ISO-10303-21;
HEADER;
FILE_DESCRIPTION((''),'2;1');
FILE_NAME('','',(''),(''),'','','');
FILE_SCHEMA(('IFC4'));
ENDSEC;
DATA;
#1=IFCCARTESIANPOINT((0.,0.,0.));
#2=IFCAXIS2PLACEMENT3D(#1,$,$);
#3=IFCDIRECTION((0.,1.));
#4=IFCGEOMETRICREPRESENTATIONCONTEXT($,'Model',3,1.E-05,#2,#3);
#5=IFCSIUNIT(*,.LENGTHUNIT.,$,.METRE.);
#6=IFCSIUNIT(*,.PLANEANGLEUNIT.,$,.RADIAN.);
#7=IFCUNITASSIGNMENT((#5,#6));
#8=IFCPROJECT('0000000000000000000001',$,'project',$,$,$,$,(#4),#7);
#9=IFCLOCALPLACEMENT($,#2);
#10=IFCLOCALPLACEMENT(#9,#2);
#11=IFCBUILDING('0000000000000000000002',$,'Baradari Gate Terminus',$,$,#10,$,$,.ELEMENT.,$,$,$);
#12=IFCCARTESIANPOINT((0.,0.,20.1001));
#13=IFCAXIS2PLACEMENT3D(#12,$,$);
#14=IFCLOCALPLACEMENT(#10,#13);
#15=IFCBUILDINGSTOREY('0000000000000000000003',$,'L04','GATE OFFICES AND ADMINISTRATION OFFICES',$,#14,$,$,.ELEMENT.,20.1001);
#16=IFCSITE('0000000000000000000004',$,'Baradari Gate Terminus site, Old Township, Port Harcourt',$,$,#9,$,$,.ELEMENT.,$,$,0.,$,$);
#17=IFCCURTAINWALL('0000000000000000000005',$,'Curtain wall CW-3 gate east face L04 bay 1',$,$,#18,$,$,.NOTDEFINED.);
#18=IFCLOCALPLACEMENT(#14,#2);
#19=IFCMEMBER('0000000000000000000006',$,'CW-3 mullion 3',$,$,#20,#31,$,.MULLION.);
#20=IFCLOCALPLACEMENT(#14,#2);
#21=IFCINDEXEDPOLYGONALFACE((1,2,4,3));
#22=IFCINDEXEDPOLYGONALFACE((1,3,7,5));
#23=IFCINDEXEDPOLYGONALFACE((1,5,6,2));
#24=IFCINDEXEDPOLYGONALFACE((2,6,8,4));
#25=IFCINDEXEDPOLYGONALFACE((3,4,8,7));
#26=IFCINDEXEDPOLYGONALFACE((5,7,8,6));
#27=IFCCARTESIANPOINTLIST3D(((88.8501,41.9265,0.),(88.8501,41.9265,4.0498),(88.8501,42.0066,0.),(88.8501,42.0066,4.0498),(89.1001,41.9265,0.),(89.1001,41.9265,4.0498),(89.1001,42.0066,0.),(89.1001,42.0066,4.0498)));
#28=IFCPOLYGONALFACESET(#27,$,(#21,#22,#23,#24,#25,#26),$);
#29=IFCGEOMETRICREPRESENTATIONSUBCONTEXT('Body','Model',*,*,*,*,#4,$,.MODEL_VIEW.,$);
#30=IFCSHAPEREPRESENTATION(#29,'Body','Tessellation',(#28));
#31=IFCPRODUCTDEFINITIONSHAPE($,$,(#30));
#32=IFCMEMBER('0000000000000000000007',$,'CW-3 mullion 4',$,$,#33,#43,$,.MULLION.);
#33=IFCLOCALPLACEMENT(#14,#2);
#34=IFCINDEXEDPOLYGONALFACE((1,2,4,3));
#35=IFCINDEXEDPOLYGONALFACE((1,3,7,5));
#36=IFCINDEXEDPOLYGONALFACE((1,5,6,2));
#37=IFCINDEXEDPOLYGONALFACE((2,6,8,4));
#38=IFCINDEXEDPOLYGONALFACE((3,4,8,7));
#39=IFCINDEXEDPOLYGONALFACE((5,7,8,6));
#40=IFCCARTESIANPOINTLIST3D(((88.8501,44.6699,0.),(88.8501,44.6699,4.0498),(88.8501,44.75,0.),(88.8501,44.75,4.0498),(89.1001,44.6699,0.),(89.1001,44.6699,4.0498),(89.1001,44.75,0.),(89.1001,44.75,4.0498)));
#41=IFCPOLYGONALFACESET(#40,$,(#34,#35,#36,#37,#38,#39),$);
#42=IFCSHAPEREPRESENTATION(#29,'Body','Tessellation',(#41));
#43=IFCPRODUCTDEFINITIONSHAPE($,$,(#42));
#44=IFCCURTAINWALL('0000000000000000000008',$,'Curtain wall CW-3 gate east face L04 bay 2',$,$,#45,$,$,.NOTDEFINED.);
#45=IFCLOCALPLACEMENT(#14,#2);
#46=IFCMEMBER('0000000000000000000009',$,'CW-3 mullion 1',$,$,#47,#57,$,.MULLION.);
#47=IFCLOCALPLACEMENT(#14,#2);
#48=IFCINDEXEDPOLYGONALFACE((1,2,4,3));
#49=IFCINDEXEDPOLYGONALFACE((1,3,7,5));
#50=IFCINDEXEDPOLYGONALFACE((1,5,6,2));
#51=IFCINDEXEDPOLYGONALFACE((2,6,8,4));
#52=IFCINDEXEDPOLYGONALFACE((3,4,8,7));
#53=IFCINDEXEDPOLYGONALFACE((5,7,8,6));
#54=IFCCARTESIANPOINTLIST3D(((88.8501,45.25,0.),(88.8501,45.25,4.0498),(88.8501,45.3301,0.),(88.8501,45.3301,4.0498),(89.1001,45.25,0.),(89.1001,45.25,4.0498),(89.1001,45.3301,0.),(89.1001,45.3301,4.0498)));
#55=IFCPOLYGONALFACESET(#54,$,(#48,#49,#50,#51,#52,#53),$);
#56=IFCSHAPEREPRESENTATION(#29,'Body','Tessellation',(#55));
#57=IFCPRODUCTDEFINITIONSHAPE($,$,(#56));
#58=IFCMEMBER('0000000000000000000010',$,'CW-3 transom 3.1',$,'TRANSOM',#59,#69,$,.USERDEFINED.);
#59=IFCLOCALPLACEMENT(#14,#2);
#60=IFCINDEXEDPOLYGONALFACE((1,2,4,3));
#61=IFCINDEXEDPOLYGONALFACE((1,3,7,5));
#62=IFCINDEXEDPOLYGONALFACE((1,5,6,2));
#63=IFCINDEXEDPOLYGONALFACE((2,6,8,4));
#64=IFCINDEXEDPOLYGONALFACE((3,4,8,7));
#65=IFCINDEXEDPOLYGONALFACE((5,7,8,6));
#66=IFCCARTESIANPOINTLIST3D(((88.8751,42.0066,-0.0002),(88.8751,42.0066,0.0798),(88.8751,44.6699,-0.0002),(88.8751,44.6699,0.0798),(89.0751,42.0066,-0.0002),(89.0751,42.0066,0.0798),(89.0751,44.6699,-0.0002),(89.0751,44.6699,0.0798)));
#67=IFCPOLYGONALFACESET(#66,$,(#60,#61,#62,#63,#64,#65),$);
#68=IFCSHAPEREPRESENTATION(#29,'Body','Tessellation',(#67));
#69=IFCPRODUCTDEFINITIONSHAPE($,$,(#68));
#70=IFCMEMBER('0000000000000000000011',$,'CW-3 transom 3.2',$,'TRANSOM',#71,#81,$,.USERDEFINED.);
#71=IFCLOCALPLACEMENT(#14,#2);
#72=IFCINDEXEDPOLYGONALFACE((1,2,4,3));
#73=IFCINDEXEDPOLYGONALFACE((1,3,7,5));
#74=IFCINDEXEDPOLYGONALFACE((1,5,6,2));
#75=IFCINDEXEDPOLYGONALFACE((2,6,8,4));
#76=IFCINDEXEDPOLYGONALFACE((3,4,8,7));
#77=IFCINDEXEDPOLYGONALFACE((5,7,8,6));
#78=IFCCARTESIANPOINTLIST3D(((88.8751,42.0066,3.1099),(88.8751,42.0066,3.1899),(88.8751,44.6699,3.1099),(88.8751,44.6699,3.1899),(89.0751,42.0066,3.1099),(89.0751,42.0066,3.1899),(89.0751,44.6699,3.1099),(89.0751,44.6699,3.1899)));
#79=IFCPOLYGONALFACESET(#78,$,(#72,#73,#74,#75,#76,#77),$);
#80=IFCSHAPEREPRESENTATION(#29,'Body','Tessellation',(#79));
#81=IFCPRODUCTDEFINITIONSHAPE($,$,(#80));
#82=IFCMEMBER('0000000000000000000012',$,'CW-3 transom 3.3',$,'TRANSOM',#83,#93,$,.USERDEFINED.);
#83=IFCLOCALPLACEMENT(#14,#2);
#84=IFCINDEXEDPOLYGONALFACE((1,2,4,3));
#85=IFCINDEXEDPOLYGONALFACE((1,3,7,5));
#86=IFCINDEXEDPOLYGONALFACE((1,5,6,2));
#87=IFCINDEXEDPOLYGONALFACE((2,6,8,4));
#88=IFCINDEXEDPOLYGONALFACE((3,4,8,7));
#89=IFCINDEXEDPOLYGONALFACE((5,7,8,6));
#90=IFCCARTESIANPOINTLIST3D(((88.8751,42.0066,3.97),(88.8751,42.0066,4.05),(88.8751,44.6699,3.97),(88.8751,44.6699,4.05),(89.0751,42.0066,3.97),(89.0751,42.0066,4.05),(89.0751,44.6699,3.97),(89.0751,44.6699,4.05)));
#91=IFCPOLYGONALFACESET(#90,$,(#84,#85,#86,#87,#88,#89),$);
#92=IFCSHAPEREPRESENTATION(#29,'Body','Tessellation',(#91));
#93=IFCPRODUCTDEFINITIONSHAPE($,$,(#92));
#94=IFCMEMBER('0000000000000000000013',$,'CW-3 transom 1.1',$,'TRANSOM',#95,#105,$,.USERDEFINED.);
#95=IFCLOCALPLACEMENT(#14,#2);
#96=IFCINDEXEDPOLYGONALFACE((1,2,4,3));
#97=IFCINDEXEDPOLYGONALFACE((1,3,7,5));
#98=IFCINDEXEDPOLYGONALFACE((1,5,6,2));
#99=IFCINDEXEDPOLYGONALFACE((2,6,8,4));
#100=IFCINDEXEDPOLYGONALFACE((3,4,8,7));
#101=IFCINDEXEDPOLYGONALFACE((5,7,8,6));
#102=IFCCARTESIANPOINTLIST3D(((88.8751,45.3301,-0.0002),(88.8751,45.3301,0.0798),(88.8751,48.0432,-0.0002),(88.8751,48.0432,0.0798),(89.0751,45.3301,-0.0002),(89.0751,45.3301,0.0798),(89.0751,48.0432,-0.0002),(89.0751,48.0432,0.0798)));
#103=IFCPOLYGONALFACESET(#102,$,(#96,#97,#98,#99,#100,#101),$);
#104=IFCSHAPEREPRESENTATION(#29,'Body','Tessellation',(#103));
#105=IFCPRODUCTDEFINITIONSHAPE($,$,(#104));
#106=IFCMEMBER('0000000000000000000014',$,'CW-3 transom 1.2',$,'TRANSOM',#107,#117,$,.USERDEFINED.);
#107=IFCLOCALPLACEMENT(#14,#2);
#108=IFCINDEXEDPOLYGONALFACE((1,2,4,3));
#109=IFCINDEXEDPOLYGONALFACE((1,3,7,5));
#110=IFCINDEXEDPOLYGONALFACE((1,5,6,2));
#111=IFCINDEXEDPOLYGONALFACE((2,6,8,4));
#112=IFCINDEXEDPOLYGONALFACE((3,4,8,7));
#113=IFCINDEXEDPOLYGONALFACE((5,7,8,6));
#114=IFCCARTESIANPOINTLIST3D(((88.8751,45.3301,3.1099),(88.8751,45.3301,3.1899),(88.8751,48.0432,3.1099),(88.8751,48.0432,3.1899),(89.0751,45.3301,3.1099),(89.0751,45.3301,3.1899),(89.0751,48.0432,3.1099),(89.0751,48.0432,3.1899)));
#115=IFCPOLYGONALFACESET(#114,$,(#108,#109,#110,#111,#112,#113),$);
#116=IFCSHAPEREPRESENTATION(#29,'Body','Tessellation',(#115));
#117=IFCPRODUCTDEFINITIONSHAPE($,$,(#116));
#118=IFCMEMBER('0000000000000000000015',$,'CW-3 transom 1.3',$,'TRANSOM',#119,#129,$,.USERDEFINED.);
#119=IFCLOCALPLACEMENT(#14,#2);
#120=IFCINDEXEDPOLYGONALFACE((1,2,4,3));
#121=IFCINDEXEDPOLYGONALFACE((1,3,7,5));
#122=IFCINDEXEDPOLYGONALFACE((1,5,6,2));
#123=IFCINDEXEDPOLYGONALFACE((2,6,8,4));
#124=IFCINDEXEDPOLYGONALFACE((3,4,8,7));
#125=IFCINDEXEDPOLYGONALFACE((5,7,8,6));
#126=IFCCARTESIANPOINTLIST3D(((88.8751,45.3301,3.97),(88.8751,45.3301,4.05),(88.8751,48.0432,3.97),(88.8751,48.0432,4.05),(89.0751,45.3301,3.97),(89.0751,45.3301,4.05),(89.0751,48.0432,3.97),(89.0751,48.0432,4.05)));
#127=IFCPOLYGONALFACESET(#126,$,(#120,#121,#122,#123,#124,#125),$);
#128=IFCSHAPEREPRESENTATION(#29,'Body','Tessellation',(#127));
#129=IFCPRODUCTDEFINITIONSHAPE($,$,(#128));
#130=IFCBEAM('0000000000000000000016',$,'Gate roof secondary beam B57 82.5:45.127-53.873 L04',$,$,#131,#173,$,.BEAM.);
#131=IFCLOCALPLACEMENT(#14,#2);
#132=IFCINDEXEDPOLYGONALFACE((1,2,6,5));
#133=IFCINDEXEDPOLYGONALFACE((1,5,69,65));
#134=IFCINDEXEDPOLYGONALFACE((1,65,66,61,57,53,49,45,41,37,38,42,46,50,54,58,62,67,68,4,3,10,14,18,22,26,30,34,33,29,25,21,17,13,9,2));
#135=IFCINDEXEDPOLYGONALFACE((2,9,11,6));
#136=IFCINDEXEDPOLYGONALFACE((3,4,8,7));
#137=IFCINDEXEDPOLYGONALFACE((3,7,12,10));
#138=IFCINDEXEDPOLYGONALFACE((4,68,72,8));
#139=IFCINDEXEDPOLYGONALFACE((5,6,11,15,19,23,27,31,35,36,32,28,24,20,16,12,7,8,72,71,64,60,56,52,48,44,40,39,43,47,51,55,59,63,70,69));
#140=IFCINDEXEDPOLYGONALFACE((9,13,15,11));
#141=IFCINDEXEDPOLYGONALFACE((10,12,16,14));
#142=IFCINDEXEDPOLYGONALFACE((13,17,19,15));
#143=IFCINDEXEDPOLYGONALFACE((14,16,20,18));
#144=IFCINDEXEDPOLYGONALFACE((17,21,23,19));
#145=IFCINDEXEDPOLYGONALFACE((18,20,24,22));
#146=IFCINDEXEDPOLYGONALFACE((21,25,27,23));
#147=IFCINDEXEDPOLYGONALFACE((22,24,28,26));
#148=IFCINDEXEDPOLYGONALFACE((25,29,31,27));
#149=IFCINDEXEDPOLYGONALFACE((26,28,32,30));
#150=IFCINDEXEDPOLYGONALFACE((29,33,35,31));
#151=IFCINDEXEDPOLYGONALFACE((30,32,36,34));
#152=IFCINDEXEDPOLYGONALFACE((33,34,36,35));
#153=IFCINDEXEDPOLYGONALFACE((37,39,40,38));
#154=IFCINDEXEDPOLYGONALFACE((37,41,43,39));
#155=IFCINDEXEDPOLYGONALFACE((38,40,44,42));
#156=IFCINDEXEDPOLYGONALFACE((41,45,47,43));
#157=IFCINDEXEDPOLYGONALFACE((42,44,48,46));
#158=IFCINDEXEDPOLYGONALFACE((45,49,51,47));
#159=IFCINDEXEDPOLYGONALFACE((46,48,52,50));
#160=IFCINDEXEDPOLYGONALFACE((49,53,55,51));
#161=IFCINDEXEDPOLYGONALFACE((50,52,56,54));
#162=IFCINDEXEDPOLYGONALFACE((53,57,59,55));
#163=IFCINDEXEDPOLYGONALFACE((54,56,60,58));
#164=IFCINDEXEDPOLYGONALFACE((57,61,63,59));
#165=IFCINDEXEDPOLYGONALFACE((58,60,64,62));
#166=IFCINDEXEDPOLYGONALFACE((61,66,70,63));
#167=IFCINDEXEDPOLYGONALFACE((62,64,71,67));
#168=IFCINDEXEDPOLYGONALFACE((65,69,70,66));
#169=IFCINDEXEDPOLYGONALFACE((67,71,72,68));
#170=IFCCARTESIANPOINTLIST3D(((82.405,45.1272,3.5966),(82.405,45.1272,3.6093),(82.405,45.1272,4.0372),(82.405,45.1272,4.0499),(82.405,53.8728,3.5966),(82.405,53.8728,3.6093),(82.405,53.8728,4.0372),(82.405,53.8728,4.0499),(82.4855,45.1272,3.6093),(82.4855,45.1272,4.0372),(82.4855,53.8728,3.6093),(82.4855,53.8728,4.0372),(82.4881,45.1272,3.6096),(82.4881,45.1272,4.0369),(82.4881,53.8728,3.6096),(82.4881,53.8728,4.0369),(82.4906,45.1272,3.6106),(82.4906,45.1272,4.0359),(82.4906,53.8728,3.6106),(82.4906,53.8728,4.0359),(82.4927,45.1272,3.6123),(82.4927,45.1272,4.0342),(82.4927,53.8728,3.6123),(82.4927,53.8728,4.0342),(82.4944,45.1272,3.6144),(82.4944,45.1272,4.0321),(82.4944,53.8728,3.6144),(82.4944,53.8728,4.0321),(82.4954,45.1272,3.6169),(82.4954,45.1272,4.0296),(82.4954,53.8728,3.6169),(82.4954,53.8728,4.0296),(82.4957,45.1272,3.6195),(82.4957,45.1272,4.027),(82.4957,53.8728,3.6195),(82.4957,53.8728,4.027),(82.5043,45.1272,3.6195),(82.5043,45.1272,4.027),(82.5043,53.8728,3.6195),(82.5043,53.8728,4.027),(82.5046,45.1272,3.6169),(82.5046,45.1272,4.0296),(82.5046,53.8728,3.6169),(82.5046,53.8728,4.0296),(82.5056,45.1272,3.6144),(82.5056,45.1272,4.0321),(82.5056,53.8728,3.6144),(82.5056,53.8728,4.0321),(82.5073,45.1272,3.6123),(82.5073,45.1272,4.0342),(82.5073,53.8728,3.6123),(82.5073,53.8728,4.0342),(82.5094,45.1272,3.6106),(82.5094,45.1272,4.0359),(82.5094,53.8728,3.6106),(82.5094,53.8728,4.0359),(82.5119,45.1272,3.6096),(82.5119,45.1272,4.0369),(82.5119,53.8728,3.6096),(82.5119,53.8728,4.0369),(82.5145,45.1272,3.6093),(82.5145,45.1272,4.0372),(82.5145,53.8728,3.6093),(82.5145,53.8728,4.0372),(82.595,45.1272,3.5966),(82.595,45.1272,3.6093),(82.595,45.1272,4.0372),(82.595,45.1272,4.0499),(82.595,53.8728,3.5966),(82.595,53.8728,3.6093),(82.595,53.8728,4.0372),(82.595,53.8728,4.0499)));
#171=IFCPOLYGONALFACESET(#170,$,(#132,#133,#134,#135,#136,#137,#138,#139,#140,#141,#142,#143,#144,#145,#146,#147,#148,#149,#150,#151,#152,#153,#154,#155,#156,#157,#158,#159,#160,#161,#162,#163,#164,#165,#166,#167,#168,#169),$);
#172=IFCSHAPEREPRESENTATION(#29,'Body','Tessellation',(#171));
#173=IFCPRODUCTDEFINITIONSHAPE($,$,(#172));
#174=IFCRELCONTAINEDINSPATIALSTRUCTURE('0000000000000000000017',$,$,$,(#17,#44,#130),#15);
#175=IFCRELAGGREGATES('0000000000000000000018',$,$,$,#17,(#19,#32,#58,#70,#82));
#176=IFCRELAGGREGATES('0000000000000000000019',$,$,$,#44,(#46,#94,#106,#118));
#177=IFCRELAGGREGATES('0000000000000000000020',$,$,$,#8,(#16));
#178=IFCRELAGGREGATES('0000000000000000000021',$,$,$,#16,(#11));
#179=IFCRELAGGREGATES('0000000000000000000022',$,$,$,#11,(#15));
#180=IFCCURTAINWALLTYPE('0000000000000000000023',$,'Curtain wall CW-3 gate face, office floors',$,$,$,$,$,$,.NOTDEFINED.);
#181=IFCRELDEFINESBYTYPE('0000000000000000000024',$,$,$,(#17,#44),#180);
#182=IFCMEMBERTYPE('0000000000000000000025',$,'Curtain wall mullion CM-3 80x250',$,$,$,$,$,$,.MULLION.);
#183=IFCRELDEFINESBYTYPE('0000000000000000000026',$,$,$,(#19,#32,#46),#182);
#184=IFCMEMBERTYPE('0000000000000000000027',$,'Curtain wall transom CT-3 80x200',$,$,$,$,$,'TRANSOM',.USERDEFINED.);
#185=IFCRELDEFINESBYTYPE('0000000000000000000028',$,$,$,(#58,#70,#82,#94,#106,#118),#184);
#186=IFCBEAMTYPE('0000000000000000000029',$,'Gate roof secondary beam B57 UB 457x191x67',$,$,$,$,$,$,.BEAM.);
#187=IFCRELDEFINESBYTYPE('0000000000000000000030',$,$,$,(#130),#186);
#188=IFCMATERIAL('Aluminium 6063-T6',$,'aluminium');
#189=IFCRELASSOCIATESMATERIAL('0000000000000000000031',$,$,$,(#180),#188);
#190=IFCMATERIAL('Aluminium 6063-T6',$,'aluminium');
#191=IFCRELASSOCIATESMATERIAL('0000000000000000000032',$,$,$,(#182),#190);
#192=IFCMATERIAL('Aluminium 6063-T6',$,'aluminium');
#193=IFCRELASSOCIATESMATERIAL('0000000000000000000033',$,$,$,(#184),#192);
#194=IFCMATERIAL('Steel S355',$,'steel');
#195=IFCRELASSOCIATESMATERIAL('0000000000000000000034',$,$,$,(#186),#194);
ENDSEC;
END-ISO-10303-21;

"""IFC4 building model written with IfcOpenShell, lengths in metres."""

from ifc_helpers import new_model, si_unit, direction, frame, origin, origin_2d, place, context, subcontext, project, spatial, rectangle, i_section, extrude, material, material_profile, profile_set, type_object, element, aggregate, save


model = new_model("IFC4")

# Units and contexts
model_context = context("Model", 3, precision=1e-05, world=origin(), true_north=direction((0.0, 1.0)))
body_context = subcontext(model_context, "Body", "Model", "MODEL_VIEW")
ifc_project = project(units=[si_unit("LENGTHUNIT", "METRE"), si_unit("PLANEANGLEUNIT", "RADIAN")], contexts=[model_context])

# Site, building, storey
site_placement = place(None, origin())
site = spatial("IfcSite", under=ifc_project, at=site_placement, Name="Baradari Gate Terminus site, Old Township, Port Harcourt", CompositionType="ELEMENT", RefElevation=0.0)
building_placement = place(site_placement, origin())
building = spatial("IfcBuilding", under=site, at=building_placement, Name="Baradari Gate Terminus", CompositionType="ELEMENT")
storey_placement = place(building_placement, frame((0.0, 0.0, 20.1001)))
storey = spatial("IfcBuildingStorey", under=building, at=storey_placement, Name="L04", Description="GATE OFFICES AND ADMINISTRATION OFFICES", CompositionType="ELEMENT", Elevation=20.1001)

# Curtain wall, members
ifc_material_1 = material(Name="Aluminium 6063-T6", Category="aluminium")
curtain_wall_type = type_object("IfcCurtainWallType", Name="Curtain wall CW-3 gate face, office floors", PredefinedType="NOTDEFINED", material=ifc_material_1)
curtain_wall_1_placement = place(storey_placement, origin())
curtain_wall_1 = element("IfcCurtainWall", 1, at=curtain_wall_1_placement, inside=storey, type_object=curtain_wall_type, Name="Curtain wall CW-3 gate east face L04 bay 1", PredefinedType="NOTDEFINED")
ifc_material_2 = material(Name="Aluminium 6063-T6", Category="aluminium")
ifc_material_profile_1 = material_profile(ifc_material_2, rectangle(XDim=0.25, YDim=0.0801, at=origin_2d()), Name="CM-3 80X250")
ifc_profile_set_1 = profile_set([ifc_material_profile_1], Name="Aluminium 6063-T6")
member_type_1 = type_object("IfcMemberType", Name="Curtain wall mullion CM-3 80x250", PredefinedType="MULLION", material=ifc_profile_set_1)
member_1_placement = place(storey_placement, frame((88.9751, 41.9666, 0.0), z_axis=(0.0, 0.0, 1.0), x_axis=(-1.0, 0.0, 0.0)))
member_1 = element("IfcMember", 2, at=member_1_placement, type_object=member_type_1, Name="CW-3 mullion 3", PredefinedType="MULLION", context=body_context, shape_type="SweptSolid", body=[
    extrude(rectangle(XDim=0.25, YDim=0.0801, at=origin_2d()), origin(), (0.0, 0.0, 1.0), 4.0498),
])
member_2_placement = place(storey_placement, frame((88.9751, 44.71, 0.0), z_axis=(0.0, 0.0, 1.0), x_axis=(-1.0, 0.0, 0.0)))
member_2 = element("IfcMember", 3, at=member_2_placement, type_object=member_type_1, Name="CW-3 mullion 4", PredefinedType="MULLION", context=body_context, shape_type="SweptSolid", body=[
    extrude(rectangle(XDim=0.25, YDim=0.0801, at=origin_2d()), origin(), (0.0, 0.0, 1.0), 4.0498),
])

# Curtain wall, member
curtain_wall_2_placement = place(storey_placement, origin())
curtain_wall_2 = element("IfcCurtainWall", 4, at=curtain_wall_2_placement, inside=storey, type_object=curtain_wall_type, Name="Curtain wall CW-3 gate east face L04 bay 2", PredefinedType="NOTDEFINED")
member_3_placement = place(storey_placement, frame((88.9751, 45.29, 0.0), z_axis=(0.0, 0.0, 1.0), x_axis=(-1.0, 0.0, 0.0)))
member_3 = element("IfcMember", 5, at=member_3_placement, type_object=member_type_1, Name="CW-3 mullion 1", PredefinedType="MULLION", context=body_context, shape_type="SweptSolid", body=[
    extrude(rectangle(XDim=0.25, YDim=0.0801, at=origin_2d()), origin(), (0.0, 0.0, 1.0), 4.0498),
])

# Members
ifc_material_3 = material(Name="Aluminium 6063-T6", Category="aluminium")
ifc_material_profile_2 = material_profile(ifc_material_3, rectangle(XDim=0.2, YDim=0.0801, at=origin_2d()), Name="CT-3 80X200")
ifc_profile_set_2 = profile_set([ifc_material_profile_2], Name="Aluminium 6063-T6")
member_type_2 = type_object("IfcMemberType", Name="Curtain wall transom CT-3 80x200", ElementType="TRANSOM", PredefinedType="USERDEFINED", material=ifc_profile_set_2)
member_4_placement = place(storey_placement, frame((88.9751, 42.0066, 0.0398), z_axis=(0.0, 1.0, 0.0), x_axis=(-1.0, 0.0, 0.0)))
member_4 = element("IfcMember", 6, at=member_4_placement, type_object=member_type_2, Name="CW-3 transom 3.1", ObjectType="TRANSOM", PredefinedType="USERDEFINED", context=body_context, shape_type="SweptSolid", body=[
    extrude(rectangle(XDim=0.2, YDim=0.0801, at=origin_2d()), origin(), (0.0, 0.0, 1.0), 2.6633),
])
member_5_placement = place(storey_placement, frame((88.9751, 42.0066, 3.1499), z_axis=(0.0, 1.0, 0.0), x_axis=(-1.0, 0.0, 0.0)))
member_5 = element("IfcMember", 7, at=member_5_placement, type_object=member_type_2, Name="CW-3 transom 3.2", ObjectType="TRANSOM", PredefinedType="USERDEFINED", context=body_context, shape_type="SweptSolid", body=[
    extrude(rectangle(XDim=0.2, YDim=0.0801, at=origin_2d()), origin(), (0.0, 0.0, 1.0), 2.6633),
])
member_6_placement = place(storey_placement, frame((88.9751, 42.0066, 4.01), z_axis=(0.0, 1.0, 0.0), x_axis=(-1.0, 0.0, 0.0)))
member_6 = element("IfcMember", 8, at=member_6_placement, type_object=member_type_2, Name="CW-3 transom 3.3", ObjectType="TRANSOM", PredefinedType="USERDEFINED", context=body_context, shape_type="SweptSolid", body=[
    extrude(rectangle(XDim=0.2, YDim=0.0801, at=origin_2d()), origin(), (0.0, 0.0, 1.0), 2.6633),
])
member_7_placement = place(storey_placement, frame((88.9751, 45.3301, 0.0398), z_axis=(0.0, 1.0, 0.0), x_axis=(-1.0, 0.0, 0.0)))
member_7 = element("IfcMember", 9, at=member_7_placement, type_object=member_type_2, Name="CW-3 transom 1.1", ObjectType="TRANSOM", PredefinedType="USERDEFINED", context=body_context, shape_type="SweptSolid", body=[
    extrude(rectangle(XDim=0.2, YDim=0.0801, at=origin_2d()), origin(), (0.0, 0.0, 1.0), 2.7131),
])
member_8_placement = place(storey_placement, frame((88.9751, 45.3301, 3.1499), z_axis=(0.0, 1.0, 0.0), x_axis=(-1.0, 0.0, 0.0)))
member_8 = element("IfcMember", 10, at=member_8_placement, type_object=member_type_2, Name="CW-3 transom 1.2", ObjectType="TRANSOM", PredefinedType="USERDEFINED", context=body_context, shape_type="SweptSolid", body=[
    extrude(rectangle(XDim=0.2, YDim=0.0801, at=origin_2d()), origin(), (0.0, 0.0, 1.0), 2.7131),
])
member_9_placement = place(storey_placement, frame((88.9751, 45.3301, 4.01), z_axis=(0.0, 1.0, 0.0), x_axis=(-1.0, 0.0, 0.0)))
member_9 = element("IfcMember", 11, at=member_9_placement, type_object=member_type_2, Name="CW-3 transom 1.3", ObjectType="TRANSOM", PredefinedType="USERDEFINED", context=body_context, shape_type="SweptSolid", body=[
    extrude(rectangle(XDim=0.2, YDim=0.0801, at=origin_2d()), origin(), (0.0, 0.0, 1.0), 2.7131),
])

# Beam
ifc_material_4 = material(Name="Steel S355", Category="steel")
ifc_material_profile_3 = material_profile(ifc_material_4, i_section(OverallWidth=0.1899, OverallDepth=0.4534, WebThickness=0.0085, FlangeThickness=0.0127, FilletRadius=0.0103, at=origin_2d()), Name="UB 457x191x67")
ifc_profile_set_3 = profile_set([ifc_material_profile_3], Name="Steel S355")
beam_type_1 = type_object("IfcBeamType", Name="Gate roof secondary beam B57 UB 457x191x67", PredefinedType="BEAM", material=ifc_profile_set_3)
for number, where, z_axis, x_axis, name in (
    (12, (82.5, 45.1272, 3.8232), (0.0, 1.0, 0.0), (-1.0, 0.0, 0.0), "Gate roof secondary beam B57 82.5:45.127-53.873 L04"),
):
    element("IfcBeam", number, at=place(storey_placement, frame(where, z_axis=z_axis, x_axis=x_axis)), inside=storey, type_object=beam_type_1, Name=name, PredefinedType="BEAM", context=body_context, shape_type="SweptSolid", body=[
        extrude(i_section(OverallWidth=0.1899, OverallDepth=0.4534, WebThickness=0.0085, FlangeThickness=0.0127, FilletRadius=0.0103, at=origin_2d()), origin(), (0.0, 0.0, 1.0), 8.7456),
    ])

aggregate(curtain_wall_1, [member_1, member_2, member_4, member_5, member_6])
aggregate(curtain_wall_2, [member_3, member_7, member_8, member_9])

save(model, "model.ifc")
